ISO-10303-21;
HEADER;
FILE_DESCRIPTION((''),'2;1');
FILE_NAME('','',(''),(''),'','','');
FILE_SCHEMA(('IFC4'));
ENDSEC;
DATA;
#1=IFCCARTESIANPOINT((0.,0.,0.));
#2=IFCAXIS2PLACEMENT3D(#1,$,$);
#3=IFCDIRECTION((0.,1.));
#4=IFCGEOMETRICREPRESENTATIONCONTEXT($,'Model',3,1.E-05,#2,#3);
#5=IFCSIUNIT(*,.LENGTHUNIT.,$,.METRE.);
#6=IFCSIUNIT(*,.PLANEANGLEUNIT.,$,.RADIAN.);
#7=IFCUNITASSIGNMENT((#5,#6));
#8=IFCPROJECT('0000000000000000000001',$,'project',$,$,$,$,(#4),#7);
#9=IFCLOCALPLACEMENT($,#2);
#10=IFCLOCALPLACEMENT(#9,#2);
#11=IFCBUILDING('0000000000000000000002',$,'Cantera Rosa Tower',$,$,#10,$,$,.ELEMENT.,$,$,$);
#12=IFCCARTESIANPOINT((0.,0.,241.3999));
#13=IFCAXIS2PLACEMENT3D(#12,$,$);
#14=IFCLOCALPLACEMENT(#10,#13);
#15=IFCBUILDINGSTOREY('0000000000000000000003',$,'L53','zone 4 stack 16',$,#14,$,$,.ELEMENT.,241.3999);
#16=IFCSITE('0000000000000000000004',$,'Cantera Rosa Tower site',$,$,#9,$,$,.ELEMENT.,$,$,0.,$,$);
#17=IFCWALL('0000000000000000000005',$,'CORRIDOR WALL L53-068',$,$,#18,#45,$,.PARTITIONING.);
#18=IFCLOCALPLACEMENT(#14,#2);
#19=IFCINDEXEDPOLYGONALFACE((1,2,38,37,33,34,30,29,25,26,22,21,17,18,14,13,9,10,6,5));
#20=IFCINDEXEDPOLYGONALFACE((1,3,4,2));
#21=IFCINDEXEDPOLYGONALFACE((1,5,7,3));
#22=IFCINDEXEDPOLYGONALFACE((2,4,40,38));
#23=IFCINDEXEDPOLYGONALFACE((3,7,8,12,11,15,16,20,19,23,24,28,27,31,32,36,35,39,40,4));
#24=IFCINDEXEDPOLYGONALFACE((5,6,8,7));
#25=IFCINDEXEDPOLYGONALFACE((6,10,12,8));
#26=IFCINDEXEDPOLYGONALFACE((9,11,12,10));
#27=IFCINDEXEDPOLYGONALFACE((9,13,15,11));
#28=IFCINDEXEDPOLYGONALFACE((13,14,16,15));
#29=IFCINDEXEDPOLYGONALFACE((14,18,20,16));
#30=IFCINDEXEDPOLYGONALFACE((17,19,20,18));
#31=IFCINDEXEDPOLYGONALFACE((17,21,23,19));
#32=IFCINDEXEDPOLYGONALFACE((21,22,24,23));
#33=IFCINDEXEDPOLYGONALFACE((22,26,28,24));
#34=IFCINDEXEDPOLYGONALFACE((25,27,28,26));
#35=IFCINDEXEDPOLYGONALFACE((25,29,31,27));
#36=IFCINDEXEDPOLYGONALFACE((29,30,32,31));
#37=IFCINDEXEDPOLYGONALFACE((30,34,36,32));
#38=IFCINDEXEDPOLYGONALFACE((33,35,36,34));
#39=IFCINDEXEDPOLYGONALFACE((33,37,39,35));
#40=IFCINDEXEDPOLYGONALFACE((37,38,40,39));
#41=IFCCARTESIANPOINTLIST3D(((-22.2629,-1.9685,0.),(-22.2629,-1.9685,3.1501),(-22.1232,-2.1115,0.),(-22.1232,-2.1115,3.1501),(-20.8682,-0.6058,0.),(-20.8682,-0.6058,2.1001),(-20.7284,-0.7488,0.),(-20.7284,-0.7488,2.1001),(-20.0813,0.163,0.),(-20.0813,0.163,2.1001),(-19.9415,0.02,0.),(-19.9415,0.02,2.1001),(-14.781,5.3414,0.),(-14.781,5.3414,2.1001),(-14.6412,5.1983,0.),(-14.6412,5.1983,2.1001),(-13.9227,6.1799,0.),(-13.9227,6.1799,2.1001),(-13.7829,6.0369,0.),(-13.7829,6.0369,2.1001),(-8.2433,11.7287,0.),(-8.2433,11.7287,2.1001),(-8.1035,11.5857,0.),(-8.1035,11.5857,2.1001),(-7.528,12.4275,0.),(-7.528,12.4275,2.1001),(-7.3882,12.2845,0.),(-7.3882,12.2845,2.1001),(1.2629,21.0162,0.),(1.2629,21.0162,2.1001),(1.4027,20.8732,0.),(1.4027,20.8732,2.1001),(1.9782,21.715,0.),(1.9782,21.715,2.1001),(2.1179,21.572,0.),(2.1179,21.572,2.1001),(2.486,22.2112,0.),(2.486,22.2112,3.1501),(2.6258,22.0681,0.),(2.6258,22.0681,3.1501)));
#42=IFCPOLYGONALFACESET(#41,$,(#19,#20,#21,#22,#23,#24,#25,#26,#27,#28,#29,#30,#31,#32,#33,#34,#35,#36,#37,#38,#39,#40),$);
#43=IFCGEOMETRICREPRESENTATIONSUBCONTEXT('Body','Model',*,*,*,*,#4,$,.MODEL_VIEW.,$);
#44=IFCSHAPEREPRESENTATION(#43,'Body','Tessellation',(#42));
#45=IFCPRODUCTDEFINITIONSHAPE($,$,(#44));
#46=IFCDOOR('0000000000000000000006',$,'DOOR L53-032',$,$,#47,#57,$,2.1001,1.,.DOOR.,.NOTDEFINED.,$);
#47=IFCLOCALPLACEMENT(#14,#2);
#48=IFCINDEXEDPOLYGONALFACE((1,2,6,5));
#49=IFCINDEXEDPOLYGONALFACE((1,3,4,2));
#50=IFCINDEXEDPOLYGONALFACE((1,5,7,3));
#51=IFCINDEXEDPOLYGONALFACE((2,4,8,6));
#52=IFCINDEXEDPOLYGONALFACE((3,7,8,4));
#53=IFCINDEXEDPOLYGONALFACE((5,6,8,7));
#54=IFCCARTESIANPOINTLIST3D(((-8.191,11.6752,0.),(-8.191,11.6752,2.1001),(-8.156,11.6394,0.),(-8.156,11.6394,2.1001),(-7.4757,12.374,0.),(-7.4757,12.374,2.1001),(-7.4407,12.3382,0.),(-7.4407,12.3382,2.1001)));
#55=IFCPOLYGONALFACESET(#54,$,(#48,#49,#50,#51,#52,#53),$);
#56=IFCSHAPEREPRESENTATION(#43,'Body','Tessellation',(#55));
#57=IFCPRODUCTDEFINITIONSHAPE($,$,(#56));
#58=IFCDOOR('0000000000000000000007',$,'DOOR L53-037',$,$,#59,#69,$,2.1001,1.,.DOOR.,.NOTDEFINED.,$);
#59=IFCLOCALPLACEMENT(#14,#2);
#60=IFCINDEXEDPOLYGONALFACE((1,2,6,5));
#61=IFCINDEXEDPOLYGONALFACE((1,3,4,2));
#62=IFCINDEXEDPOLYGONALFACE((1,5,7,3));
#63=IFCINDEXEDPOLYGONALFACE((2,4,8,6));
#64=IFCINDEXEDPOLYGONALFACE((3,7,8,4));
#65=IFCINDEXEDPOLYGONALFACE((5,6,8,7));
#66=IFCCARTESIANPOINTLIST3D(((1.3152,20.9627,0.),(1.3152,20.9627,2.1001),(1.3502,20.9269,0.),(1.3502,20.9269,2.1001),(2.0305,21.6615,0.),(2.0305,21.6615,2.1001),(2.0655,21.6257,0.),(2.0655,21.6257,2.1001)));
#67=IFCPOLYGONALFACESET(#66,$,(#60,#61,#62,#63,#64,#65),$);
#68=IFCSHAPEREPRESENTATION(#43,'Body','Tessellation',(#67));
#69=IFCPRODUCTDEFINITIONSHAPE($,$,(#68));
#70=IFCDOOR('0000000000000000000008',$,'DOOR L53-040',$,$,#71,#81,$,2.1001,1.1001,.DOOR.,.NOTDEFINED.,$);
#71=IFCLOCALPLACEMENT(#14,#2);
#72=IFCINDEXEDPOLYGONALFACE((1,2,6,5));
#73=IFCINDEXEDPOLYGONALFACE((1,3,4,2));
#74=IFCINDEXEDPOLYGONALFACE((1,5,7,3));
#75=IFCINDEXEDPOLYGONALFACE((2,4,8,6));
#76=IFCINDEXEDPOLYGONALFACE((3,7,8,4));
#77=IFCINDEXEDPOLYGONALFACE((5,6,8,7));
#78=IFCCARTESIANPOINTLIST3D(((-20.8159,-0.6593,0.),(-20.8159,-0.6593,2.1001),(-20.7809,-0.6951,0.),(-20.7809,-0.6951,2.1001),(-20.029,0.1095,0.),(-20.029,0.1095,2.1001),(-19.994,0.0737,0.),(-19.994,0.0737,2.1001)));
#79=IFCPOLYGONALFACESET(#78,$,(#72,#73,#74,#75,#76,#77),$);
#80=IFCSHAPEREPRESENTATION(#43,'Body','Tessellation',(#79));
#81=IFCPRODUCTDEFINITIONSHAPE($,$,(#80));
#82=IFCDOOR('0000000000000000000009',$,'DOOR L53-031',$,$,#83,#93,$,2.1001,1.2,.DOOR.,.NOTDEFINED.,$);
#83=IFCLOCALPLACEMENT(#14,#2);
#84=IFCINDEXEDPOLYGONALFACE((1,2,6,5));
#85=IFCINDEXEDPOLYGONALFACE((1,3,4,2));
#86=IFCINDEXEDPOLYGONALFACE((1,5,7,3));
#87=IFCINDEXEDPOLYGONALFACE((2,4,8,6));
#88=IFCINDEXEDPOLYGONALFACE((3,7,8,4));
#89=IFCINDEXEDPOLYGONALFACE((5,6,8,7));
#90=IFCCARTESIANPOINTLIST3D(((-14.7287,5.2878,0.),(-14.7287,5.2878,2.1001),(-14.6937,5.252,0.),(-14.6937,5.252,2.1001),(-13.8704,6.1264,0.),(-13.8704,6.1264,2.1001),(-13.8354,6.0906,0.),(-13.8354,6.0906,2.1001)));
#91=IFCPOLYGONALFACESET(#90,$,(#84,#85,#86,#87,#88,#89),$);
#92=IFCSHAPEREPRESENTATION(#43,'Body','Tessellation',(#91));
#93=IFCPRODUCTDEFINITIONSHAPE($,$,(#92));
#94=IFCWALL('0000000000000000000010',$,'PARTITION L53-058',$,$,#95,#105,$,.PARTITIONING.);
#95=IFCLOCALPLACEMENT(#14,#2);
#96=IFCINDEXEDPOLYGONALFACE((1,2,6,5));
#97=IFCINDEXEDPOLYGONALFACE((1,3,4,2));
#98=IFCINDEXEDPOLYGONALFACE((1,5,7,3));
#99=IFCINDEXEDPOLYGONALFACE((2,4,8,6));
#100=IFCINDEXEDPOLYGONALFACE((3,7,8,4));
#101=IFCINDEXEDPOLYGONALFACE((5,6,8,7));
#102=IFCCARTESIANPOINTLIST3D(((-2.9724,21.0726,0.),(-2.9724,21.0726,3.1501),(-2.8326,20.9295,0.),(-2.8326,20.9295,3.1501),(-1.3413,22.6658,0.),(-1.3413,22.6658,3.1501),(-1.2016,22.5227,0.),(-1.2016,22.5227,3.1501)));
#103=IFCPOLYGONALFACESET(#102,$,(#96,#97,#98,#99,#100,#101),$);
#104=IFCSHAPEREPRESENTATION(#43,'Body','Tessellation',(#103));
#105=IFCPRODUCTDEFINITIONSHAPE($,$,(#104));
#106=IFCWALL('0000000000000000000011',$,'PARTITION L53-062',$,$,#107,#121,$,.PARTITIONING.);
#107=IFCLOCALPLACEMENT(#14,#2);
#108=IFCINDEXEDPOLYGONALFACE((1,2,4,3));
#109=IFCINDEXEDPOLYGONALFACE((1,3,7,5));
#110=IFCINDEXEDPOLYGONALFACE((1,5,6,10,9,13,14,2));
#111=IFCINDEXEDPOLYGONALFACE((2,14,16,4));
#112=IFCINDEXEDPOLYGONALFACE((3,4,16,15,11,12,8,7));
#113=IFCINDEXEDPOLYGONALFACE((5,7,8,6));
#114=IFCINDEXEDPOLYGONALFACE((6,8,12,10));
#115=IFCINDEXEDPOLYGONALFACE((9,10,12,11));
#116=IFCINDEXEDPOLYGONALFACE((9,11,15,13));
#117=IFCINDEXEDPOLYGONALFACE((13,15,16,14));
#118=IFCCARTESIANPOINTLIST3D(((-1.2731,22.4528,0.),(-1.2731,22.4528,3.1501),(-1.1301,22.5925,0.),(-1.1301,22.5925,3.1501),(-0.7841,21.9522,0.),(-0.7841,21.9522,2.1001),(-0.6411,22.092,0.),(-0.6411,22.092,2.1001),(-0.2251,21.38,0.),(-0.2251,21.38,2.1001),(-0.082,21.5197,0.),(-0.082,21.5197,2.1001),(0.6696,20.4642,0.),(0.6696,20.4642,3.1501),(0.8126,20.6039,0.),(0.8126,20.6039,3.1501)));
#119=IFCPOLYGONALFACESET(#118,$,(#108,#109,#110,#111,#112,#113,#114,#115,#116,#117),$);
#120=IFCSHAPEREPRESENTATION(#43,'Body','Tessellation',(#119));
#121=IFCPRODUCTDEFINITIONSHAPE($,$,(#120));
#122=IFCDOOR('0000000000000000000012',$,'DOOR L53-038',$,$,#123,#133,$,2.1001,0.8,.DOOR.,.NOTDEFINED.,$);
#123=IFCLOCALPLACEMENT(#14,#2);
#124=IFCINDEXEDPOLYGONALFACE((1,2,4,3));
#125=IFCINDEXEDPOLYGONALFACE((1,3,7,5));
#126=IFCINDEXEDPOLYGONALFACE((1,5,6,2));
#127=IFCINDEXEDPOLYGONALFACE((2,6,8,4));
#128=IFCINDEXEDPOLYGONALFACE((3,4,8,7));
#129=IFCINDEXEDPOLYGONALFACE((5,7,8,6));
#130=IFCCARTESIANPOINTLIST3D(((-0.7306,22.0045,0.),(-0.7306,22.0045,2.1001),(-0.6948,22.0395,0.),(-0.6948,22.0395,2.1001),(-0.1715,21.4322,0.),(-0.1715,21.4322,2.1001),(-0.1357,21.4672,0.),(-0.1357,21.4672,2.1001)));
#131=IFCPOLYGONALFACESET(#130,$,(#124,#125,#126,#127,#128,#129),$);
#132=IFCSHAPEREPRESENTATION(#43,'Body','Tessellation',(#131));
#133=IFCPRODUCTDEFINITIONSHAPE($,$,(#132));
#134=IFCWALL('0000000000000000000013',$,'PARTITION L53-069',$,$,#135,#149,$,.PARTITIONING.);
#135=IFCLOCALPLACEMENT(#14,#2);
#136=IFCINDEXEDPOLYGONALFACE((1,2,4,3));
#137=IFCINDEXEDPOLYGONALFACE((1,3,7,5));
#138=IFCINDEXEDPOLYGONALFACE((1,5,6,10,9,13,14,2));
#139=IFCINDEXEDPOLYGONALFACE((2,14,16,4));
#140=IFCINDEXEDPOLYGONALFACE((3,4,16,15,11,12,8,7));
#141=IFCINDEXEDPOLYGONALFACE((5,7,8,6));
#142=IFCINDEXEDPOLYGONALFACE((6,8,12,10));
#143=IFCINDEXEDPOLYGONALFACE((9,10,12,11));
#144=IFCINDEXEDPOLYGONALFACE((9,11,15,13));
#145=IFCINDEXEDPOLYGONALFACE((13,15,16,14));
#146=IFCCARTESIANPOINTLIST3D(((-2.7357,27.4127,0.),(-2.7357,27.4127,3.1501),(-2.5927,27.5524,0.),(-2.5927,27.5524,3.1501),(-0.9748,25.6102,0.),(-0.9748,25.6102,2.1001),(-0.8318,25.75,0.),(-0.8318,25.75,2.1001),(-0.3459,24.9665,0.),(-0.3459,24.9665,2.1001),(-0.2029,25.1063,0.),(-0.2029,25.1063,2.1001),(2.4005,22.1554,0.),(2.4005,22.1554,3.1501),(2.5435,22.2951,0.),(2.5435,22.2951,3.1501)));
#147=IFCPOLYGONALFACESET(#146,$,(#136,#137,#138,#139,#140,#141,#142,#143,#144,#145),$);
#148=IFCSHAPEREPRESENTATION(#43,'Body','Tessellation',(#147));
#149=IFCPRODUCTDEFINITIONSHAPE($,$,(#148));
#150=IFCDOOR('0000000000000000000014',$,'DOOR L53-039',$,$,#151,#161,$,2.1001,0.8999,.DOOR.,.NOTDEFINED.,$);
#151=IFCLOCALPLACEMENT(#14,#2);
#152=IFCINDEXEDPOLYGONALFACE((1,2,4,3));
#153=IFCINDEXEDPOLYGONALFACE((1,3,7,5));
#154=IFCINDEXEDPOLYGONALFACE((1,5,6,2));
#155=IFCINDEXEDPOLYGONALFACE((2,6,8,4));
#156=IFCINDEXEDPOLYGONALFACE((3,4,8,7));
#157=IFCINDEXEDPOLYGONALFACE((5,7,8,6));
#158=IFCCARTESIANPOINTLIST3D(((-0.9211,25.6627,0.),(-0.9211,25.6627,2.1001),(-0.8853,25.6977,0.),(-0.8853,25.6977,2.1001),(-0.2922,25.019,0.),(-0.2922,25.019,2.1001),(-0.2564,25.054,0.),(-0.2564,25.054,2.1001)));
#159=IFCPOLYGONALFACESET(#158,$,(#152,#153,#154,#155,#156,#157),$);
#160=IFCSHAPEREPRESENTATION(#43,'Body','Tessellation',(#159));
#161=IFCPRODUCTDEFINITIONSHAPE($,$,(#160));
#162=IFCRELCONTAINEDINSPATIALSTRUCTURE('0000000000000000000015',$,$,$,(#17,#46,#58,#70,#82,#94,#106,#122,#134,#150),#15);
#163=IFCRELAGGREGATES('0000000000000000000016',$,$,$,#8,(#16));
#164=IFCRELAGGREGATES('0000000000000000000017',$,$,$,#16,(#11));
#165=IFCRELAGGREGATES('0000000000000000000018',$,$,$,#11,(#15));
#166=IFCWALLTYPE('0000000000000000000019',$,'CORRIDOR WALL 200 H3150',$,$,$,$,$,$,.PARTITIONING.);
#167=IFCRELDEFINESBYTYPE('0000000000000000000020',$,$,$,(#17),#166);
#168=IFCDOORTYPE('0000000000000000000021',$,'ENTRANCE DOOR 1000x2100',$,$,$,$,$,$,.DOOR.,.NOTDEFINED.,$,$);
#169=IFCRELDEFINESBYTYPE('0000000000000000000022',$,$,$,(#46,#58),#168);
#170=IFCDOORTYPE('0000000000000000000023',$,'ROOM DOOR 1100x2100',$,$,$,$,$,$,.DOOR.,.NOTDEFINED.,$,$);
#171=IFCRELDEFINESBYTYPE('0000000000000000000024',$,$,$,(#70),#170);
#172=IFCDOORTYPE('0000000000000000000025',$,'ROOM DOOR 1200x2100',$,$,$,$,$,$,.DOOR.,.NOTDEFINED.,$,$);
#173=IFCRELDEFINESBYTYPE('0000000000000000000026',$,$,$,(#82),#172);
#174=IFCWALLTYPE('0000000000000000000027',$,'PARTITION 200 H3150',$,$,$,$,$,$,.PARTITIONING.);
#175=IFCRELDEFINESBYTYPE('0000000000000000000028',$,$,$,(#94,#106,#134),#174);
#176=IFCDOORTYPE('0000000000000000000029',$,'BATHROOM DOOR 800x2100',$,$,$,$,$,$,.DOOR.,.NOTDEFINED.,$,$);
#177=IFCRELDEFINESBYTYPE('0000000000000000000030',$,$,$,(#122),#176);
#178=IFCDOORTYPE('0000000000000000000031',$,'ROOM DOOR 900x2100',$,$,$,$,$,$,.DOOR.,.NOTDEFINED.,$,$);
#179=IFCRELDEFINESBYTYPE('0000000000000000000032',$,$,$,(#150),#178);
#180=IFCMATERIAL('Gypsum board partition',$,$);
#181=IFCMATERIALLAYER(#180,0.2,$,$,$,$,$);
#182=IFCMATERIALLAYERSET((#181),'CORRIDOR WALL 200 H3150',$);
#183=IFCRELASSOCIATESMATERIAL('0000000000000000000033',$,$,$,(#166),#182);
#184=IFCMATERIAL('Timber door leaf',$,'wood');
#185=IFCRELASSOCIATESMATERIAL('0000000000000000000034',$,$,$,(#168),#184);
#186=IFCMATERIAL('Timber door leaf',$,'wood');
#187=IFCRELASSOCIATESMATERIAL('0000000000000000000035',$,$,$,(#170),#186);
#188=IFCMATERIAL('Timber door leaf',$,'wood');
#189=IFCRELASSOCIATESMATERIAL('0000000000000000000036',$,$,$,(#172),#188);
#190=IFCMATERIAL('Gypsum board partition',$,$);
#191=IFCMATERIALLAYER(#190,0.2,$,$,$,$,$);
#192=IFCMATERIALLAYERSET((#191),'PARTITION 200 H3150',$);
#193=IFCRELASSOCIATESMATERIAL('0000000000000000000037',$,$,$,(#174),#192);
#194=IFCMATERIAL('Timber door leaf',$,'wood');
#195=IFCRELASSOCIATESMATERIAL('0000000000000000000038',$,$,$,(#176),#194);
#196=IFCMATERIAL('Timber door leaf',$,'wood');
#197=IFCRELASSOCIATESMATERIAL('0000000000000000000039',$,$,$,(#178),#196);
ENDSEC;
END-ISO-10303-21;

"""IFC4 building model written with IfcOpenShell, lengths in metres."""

from ifc_helpers import new_model, si_unit, direction, frame, frame_2d, origin, place, context, subcontext, project, spatial, rectangle, extrude, material, layer, layer_set, type_object, element, fill, save


model = new_model("IFC4")

# Units and contexts
model_context = context("Model", 3, precision=1e-05, world=origin(), true_north=direction((0.0, 1.0)))
body_context = subcontext(model_context, "Body", "Model", "MODEL_VIEW")
ifc_project = project(units=[si_unit("LENGTHUNIT", "METRE"), si_unit("PLANEANGLEUNIT", "RADIAN")], contexts=[model_context])

# Site, building, storey
site_placement = place(None, origin())
site = spatial("IfcSite", under=ifc_project, at=site_placement, Name="Cantera Rosa Tower site", CompositionType="ELEMENT", RefElevation=0.0)
building_placement = place(site_placement, origin())
building = spatial("IfcBuilding", under=site, at=building_placement, Name="Cantera Rosa Tower", CompositionType="ELEMENT")
storey_placement = place(building_placement, frame((0.0, 0.0, 241.3999)))
storey = spatial("IfcBuildingStorey", under=building, at=storey_placement, Name="L53", Description="zone 4 stack 16", CompositionType="ELEMENT", Elevation=241.3999)

# Wall, openings, doors
ifc_material_1 = material(Name="Gypsum board partition")
ifc_layer_1 = layer(ifc_material_1, 0.2)
ifc_layer_set_1 = layer_set([ifc_layer_1], Name="CORRIDOR WALL 200 H3150")
wall_type_1 = type_object("IfcWallType", Name="CORRIDOR WALL 200 H3150", PredefinedType="PARTITIONING", material=ifc_layer_set_1)
wall_1_placement = place(storey_placement, frame((2.5559, 22.1396, 0.0), z_axis=(0.0, 0.0, 1.0), x_axis=(-0.715286, -0.698832, 0.0)))
wall_1 = element("IfcWall", 1, at=wall_1_placement, inside=storey, type_object=wall_type_1, Name="CORRIDOR WALL L53-068", PredefinedType="PARTITIONING", context=body_context, shape_type="SweptSolid", body=[
    extrude(rectangle(XDim=34.6001, YDim=0.2, at=frame_2d((17.3, 0.0))), origin(), (0.0, 0.0, 1.0), 3.1501),
])
opening_1_placement = place(wall_1_placement, frame((22.9399, 0.0, 0.0)))
opening_1 = element("IfcOpeningElement", 2, at=opening_1_placement, cuts=wall_1, PredefinedType="OPENING", context=body_context, shape_type="SweptSolid", body=[
    extrude(rectangle(XDim=1.2, YDim=2.1001, at=frame_2d((0.6001, 1.05))), frame((0.0, 0.1099, 0.0), z_axis=(0.0, -1.0, 0.0), x_axis=(1.0, 0.0, 0.0)), (0.0, 0.0, 1.0), 0.22),
])
opening_2_placement = place(wall_1_placement, frame((14.0, 0.0, 0.0)))
opening_2 = element("IfcOpeningElement", 3, at=opening_2_placement, cuts=wall_1, PredefinedType="OPENING", context=body_context, shape_type="SweptSolid", body=[
    extrude(rectangle(XDim=1.0, YDim=2.1001, at=frame_2d((0.5, 1.05))), frame((0.0, 0.1099, 0.0), z_axis=(0.0, -1.0, 0.0), x_axis=(1.0, 0.0, 0.0)), (0.0, 0.0, 1.0), 0.22),
])
opening_3_placement = place(wall_1_placement, frame((0.71, 0.0, 0.0)))
opening_3 = element("IfcOpeningElement", 4, at=opening_3_placement, cuts=wall_1, PredefinedType="OPENING", context=body_context, shape_type="SweptSolid", body=[
    extrude(rectangle(XDim=1.0, YDim=2.1001, at=frame_2d((0.5, 1.05))), frame((0.0, 0.1099, 0.0), z_axis=(0.0, -1.0, 0.0), x_axis=(1.0, 0.0, 0.0)), (0.0, 0.0, 1.0), 0.22),
])
opening_4_placement = place(wall_1_placement, frame((31.55, 0.0, 0.0)))
opening_4 = element("IfcOpeningElement", 5, at=opening_4_placement, cuts=wall_1, PredefinedType="OPENING", context=body_context, shape_type="SweptSolid", body=[
    extrude(rectangle(XDim=1.1001, YDim=2.1001, at=frame_2d((0.55, 1.05))), frame((0.0, 0.1099, 0.0), z_axis=(0.0, -1.0, 0.0), x_axis=(1.0, 0.0, 0.0)), (0.0, 0.0, 1.0), 0.22),
])
ifc_material_2 = material(Name="Timber door leaf", Category="wood")
door_type_1 = type_object("IfcDoorType", Name="ENTRANCE DOOR 1000x2100", OperationType="NOTDEFINED", PredefinedType="DOOR", material=ifc_material_2)
door_1_placement = place(opening_2_placement, origin())
door_1 = element("IfcDoor", 6, at=door_1_placement, inside=storey, type_object=door_type_1, Name="DOOR L53-032", OperationType="NOTDEFINED", OverallHeight=2.1001, OverallWidth=1.0, PredefinedType="DOOR", context=body_context, shape_type="SweptSolid", body=[
    extrude(rectangle(XDim=1.0, YDim=2.1001, at=frame_2d((0.5, 1.05))), frame((0.0, 0.0249, 0.0), z_axis=(0.0, -1.0, 0.0), x_axis=(1.0, 0.0, 0.0)), (0.0, 0.0, 1.0), 0.05),
])
fill(opening_2, door_1)
door_2_placement = place(opening_3_placement, origin())
door_2 = element("IfcDoor", 7, at=door_2_placement, inside=storey, type_object=door_type_1, Name="DOOR L53-037", OperationType="NOTDEFINED", OverallHeight=2.1001, OverallWidth=1.0, PredefinedType="DOOR", context=body_context, shape_type="SweptSolid", body=[
    extrude(rectangle(XDim=1.0, YDim=2.1001, at=frame_2d((0.5, 1.05))), frame((0.0, 0.0249, 0.0), z_axis=(0.0, -1.0, 0.0), x_axis=(1.0, 0.0, 0.0)), (0.0, 0.0, 1.0), 0.05),
])
fill(opening_3, door_2)
ifc_material_3 = material(Name="Timber door leaf", Category="wood")
door_type_2 = type_object("IfcDoorType", Name="ROOM DOOR 1100x2100", OperationType="NOTDEFINED", PredefinedType="DOOR", material=ifc_material_3)
door_3_placement = place(opening_4_placement, origin())
door_3 = element("IfcDoor", 8, at=door_3_placement, inside=storey, type_object=door_type_2, Name="DOOR L53-040", OperationType="NOTDEFINED", OverallHeight=2.1001, OverallWidth=1.1001, PredefinedType="DOOR", context=body_context, shape_type="SweptSolid", body=[
    extrude(rectangle(XDim=1.1001, YDim=2.1001, at=frame_2d((0.55, 1.05))), frame((0.0, 0.0249, 0.0), z_axis=(0.0, -1.0, 0.0), x_axis=(1.0, 0.0, 0.0)), (0.0, 0.0, 1.0), 0.05),
])
fill(opening_4, door_3)
ifc_material_4 = material(Name="Timber door leaf", Category="wood")
door_type_3 = type_object("IfcDoorType", Name="ROOM DOOR 1200x2100", OperationType="NOTDEFINED", PredefinedType="DOOR", material=ifc_material_4)
door_4_placement = place(opening_1_placement, origin())
door_4 = element("IfcDoor", 9, at=door_4_placement, inside=storey, type_object=door_type_3, Name="DOOR L53-031", OperationType="NOTDEFINED", OverallHeight=2.1001, OverallWidth=1.2, PredefinedType="DOOR", context=body_context, shape_type="SweptSolid", body=[
    extrude(rectangle(XDim=1.2, YDim=2.1001, at=frame_2d((0.6001, 1.05))), frame((0.0, 0.0249, 0.0), z_axis=(0.0, -1.0, 0.0), x_axis=(1.0, 0.0, 0.0)), (0.0, 0.0, 1.0), 0.05),
])
fill(opening_1, door_4)

# Wall
ifc_material_5 = material(Name="Gypsum board partition")
ifc_layer_2 = layer(ifc_material_5, 0.2)
ifc_layer_set_2 = layer_set([ifc_layer_2], Name="PARTITION 200 H3150")
wall_type_2 = type_object("IfcWallType", Name="PARTITION 200 H3150", PredefinedType="PARTITIONING", material=ifc_layer_set_2)
wall_2_placement = place(storey_placement, frame((-2.9026, 21.001, 0.0), z_axis=(0.0, 0.0, 1.0), x_axis=(0.715356, 0.69876, 0.0)))
element("IfcWall", 10, at=wall_2_placement, inside=storey, type_object=wall_type_2, Name="PARTITION L53-058", PredefinedType="PARTITIONING", context=body_context, shape_type="SweptSolid", body=[
    extrude(rectangle(XDim=2.28, YDim=0.2, at=frame_2d((1.1401, 0.0))), origin(), (0.0, 0.0, 1.0), 3.1501),
])

# Walls, openings, doors
wall_3_placement = place(storey_placement, frame((-1.2017, 22.5227, 0.0), z_axis=(0.0, 0.0, 1.0), x_axis=(0.698803, -0.715314, 0.0)))
wall_3 = element("IfcWall", 11, at=wall_3_placement, inside=storey, type_object=wall_type_2, Name="PARTITION L53-062", PredefinedType="PARTITIONING", context=body_context, shape_type="SweptSolid", body=[
    extrude(rectangle(XDim=2.78, YDim=0.2, at=frame_2d((1.3901, 0.0))), origin(), (0.0, 0.0, 1.0), 3.1501),
])
opening_5_placement = place(wall_3_placement, frame((0.7, 0.0, 0.0)))
opening_5 = element("IfcOpeningElement", 12, at=opening_5_placement, cuts=wall_3, PredefinedType="OPENING", context=body_context, shape_type="SweptSolid", body=[
    extrude(rectangle(XDim=0.8, YDim=2.1001, at=frame_2d((0.3999, 1.05))), frame((0.0, 0.1099, 0.0), z_axis=(0.0, -1.0, 0.0), x_axis=(1.0, 0.0, 0.0)), (0.0, 0.0, 1.0), 0.22),
])
ifc_material_6 = material(Name="Timber door leaf", Category="wood")
door_type_4 = type_object("IfcDoorType", Name="BATHROOM DOOR 800x2100", OperationType="NOTDEFINED", PredefinedType="DOOR", material=ifc_material_6)
door_5_placement = place(opening_5_placement, origin())
door_5 = element("IfcDoor", 13, at=door_5_placement, inside=storey, type_object=door_type_4, Name="DOOR L53-038", OperationType="NOTDEFINED", OverallHeight=2.1001, OverallWidth=0.8, PredefinedType="DOOR", context=body_context, shape_type="SweptSolid", body=[
    extrude(rectangle(XDim=0.8, YDim=2.1001, at=frame_2d((0.3999, 1.05))), frame((0.0, 0.0249, 0.0), z_axis=(0.0, -1.0, 0.0), x_axis=(1.0, 0.0, 0.0)), (0.0, 0.0, 1.0), 0.05),
])
fill(opening_5, door_5)
wall_4_placement = place(storey_placement, frame((2.4719, 22.2253, 0.0), z_axis=(0.0, 0.0, 1.0), x_axis=(-0.698821, 0.715297, 0.0)))
wall_4 = element("IfcWall", 14, at=wall_4_placement, inside=storey, type_object=wall_type_2, Name="PARTITION L53-069", PredefinedType="PARTITIONING", context=body_context, shape_type="SweptSolid", body=[
    extrude(rectangle(XDim=7.3499, YDim=0.2, at=frame_2d((3.6748, 0.0))), origin(), (0.0, 0.0, 1.0), 3.1501),
])
opening_6_placement = place(wall_4_placement, frame((3.9299, 0.0, 0.0)))
opening_6 = element("IfcOpeningElement", 15, at=opening_6_placement, cuts=wall_4, PredefinedType="OPENING", context=body_context, shape_type="SweptSolid", body=[
    extrude(rectangle(XDim=0.8999, YDim=2.1001, at=frame_2d((0.45, 1.05))), frame((0.0, 0.1099, 0.0), z_axis=(0.0, -1.0, 0.0), x_axis=(1.0, 0.0, 0.0)), (0.0, 0.0, 1.0), 0.22),
])
ifc_material_7 = material(Name="Timber door leaf", Category="wood")
door_type_5 = type_object("IfcDoorType", Name="ROOM DOOR 900x2100", OperationType="NOTDEFINED", PredefinedType="DOOR", material=ifc_material_7)
door_6_placement = place(opening_6_placement, origin())
door_6 = element("IfcDoor", 16, at=door_6_placement, inside=storey, type_object=door_type_5, Name="DOOR L53-039", OperationType="NOTDEFINED", OverallHeight=2.1001, OverallWidth=0.8999, PredefinedType="DOOR", context=body_context, shape_type="SweptSolid", body=[
    extrude(rectangle(XDim=0.8999, YDim=2.1001, at=frame_2d((0.45, 1.05))), frame((0.0, 0.0249, 0.0), z_axis=(0.0, -1.0, 0.0), x_axis=(1.0, 0.0, 0.0)), (0.0, 0.0, 1.0), 0.05),
])
fill(opening_6, door_6)

save(model, "model.ifc")
